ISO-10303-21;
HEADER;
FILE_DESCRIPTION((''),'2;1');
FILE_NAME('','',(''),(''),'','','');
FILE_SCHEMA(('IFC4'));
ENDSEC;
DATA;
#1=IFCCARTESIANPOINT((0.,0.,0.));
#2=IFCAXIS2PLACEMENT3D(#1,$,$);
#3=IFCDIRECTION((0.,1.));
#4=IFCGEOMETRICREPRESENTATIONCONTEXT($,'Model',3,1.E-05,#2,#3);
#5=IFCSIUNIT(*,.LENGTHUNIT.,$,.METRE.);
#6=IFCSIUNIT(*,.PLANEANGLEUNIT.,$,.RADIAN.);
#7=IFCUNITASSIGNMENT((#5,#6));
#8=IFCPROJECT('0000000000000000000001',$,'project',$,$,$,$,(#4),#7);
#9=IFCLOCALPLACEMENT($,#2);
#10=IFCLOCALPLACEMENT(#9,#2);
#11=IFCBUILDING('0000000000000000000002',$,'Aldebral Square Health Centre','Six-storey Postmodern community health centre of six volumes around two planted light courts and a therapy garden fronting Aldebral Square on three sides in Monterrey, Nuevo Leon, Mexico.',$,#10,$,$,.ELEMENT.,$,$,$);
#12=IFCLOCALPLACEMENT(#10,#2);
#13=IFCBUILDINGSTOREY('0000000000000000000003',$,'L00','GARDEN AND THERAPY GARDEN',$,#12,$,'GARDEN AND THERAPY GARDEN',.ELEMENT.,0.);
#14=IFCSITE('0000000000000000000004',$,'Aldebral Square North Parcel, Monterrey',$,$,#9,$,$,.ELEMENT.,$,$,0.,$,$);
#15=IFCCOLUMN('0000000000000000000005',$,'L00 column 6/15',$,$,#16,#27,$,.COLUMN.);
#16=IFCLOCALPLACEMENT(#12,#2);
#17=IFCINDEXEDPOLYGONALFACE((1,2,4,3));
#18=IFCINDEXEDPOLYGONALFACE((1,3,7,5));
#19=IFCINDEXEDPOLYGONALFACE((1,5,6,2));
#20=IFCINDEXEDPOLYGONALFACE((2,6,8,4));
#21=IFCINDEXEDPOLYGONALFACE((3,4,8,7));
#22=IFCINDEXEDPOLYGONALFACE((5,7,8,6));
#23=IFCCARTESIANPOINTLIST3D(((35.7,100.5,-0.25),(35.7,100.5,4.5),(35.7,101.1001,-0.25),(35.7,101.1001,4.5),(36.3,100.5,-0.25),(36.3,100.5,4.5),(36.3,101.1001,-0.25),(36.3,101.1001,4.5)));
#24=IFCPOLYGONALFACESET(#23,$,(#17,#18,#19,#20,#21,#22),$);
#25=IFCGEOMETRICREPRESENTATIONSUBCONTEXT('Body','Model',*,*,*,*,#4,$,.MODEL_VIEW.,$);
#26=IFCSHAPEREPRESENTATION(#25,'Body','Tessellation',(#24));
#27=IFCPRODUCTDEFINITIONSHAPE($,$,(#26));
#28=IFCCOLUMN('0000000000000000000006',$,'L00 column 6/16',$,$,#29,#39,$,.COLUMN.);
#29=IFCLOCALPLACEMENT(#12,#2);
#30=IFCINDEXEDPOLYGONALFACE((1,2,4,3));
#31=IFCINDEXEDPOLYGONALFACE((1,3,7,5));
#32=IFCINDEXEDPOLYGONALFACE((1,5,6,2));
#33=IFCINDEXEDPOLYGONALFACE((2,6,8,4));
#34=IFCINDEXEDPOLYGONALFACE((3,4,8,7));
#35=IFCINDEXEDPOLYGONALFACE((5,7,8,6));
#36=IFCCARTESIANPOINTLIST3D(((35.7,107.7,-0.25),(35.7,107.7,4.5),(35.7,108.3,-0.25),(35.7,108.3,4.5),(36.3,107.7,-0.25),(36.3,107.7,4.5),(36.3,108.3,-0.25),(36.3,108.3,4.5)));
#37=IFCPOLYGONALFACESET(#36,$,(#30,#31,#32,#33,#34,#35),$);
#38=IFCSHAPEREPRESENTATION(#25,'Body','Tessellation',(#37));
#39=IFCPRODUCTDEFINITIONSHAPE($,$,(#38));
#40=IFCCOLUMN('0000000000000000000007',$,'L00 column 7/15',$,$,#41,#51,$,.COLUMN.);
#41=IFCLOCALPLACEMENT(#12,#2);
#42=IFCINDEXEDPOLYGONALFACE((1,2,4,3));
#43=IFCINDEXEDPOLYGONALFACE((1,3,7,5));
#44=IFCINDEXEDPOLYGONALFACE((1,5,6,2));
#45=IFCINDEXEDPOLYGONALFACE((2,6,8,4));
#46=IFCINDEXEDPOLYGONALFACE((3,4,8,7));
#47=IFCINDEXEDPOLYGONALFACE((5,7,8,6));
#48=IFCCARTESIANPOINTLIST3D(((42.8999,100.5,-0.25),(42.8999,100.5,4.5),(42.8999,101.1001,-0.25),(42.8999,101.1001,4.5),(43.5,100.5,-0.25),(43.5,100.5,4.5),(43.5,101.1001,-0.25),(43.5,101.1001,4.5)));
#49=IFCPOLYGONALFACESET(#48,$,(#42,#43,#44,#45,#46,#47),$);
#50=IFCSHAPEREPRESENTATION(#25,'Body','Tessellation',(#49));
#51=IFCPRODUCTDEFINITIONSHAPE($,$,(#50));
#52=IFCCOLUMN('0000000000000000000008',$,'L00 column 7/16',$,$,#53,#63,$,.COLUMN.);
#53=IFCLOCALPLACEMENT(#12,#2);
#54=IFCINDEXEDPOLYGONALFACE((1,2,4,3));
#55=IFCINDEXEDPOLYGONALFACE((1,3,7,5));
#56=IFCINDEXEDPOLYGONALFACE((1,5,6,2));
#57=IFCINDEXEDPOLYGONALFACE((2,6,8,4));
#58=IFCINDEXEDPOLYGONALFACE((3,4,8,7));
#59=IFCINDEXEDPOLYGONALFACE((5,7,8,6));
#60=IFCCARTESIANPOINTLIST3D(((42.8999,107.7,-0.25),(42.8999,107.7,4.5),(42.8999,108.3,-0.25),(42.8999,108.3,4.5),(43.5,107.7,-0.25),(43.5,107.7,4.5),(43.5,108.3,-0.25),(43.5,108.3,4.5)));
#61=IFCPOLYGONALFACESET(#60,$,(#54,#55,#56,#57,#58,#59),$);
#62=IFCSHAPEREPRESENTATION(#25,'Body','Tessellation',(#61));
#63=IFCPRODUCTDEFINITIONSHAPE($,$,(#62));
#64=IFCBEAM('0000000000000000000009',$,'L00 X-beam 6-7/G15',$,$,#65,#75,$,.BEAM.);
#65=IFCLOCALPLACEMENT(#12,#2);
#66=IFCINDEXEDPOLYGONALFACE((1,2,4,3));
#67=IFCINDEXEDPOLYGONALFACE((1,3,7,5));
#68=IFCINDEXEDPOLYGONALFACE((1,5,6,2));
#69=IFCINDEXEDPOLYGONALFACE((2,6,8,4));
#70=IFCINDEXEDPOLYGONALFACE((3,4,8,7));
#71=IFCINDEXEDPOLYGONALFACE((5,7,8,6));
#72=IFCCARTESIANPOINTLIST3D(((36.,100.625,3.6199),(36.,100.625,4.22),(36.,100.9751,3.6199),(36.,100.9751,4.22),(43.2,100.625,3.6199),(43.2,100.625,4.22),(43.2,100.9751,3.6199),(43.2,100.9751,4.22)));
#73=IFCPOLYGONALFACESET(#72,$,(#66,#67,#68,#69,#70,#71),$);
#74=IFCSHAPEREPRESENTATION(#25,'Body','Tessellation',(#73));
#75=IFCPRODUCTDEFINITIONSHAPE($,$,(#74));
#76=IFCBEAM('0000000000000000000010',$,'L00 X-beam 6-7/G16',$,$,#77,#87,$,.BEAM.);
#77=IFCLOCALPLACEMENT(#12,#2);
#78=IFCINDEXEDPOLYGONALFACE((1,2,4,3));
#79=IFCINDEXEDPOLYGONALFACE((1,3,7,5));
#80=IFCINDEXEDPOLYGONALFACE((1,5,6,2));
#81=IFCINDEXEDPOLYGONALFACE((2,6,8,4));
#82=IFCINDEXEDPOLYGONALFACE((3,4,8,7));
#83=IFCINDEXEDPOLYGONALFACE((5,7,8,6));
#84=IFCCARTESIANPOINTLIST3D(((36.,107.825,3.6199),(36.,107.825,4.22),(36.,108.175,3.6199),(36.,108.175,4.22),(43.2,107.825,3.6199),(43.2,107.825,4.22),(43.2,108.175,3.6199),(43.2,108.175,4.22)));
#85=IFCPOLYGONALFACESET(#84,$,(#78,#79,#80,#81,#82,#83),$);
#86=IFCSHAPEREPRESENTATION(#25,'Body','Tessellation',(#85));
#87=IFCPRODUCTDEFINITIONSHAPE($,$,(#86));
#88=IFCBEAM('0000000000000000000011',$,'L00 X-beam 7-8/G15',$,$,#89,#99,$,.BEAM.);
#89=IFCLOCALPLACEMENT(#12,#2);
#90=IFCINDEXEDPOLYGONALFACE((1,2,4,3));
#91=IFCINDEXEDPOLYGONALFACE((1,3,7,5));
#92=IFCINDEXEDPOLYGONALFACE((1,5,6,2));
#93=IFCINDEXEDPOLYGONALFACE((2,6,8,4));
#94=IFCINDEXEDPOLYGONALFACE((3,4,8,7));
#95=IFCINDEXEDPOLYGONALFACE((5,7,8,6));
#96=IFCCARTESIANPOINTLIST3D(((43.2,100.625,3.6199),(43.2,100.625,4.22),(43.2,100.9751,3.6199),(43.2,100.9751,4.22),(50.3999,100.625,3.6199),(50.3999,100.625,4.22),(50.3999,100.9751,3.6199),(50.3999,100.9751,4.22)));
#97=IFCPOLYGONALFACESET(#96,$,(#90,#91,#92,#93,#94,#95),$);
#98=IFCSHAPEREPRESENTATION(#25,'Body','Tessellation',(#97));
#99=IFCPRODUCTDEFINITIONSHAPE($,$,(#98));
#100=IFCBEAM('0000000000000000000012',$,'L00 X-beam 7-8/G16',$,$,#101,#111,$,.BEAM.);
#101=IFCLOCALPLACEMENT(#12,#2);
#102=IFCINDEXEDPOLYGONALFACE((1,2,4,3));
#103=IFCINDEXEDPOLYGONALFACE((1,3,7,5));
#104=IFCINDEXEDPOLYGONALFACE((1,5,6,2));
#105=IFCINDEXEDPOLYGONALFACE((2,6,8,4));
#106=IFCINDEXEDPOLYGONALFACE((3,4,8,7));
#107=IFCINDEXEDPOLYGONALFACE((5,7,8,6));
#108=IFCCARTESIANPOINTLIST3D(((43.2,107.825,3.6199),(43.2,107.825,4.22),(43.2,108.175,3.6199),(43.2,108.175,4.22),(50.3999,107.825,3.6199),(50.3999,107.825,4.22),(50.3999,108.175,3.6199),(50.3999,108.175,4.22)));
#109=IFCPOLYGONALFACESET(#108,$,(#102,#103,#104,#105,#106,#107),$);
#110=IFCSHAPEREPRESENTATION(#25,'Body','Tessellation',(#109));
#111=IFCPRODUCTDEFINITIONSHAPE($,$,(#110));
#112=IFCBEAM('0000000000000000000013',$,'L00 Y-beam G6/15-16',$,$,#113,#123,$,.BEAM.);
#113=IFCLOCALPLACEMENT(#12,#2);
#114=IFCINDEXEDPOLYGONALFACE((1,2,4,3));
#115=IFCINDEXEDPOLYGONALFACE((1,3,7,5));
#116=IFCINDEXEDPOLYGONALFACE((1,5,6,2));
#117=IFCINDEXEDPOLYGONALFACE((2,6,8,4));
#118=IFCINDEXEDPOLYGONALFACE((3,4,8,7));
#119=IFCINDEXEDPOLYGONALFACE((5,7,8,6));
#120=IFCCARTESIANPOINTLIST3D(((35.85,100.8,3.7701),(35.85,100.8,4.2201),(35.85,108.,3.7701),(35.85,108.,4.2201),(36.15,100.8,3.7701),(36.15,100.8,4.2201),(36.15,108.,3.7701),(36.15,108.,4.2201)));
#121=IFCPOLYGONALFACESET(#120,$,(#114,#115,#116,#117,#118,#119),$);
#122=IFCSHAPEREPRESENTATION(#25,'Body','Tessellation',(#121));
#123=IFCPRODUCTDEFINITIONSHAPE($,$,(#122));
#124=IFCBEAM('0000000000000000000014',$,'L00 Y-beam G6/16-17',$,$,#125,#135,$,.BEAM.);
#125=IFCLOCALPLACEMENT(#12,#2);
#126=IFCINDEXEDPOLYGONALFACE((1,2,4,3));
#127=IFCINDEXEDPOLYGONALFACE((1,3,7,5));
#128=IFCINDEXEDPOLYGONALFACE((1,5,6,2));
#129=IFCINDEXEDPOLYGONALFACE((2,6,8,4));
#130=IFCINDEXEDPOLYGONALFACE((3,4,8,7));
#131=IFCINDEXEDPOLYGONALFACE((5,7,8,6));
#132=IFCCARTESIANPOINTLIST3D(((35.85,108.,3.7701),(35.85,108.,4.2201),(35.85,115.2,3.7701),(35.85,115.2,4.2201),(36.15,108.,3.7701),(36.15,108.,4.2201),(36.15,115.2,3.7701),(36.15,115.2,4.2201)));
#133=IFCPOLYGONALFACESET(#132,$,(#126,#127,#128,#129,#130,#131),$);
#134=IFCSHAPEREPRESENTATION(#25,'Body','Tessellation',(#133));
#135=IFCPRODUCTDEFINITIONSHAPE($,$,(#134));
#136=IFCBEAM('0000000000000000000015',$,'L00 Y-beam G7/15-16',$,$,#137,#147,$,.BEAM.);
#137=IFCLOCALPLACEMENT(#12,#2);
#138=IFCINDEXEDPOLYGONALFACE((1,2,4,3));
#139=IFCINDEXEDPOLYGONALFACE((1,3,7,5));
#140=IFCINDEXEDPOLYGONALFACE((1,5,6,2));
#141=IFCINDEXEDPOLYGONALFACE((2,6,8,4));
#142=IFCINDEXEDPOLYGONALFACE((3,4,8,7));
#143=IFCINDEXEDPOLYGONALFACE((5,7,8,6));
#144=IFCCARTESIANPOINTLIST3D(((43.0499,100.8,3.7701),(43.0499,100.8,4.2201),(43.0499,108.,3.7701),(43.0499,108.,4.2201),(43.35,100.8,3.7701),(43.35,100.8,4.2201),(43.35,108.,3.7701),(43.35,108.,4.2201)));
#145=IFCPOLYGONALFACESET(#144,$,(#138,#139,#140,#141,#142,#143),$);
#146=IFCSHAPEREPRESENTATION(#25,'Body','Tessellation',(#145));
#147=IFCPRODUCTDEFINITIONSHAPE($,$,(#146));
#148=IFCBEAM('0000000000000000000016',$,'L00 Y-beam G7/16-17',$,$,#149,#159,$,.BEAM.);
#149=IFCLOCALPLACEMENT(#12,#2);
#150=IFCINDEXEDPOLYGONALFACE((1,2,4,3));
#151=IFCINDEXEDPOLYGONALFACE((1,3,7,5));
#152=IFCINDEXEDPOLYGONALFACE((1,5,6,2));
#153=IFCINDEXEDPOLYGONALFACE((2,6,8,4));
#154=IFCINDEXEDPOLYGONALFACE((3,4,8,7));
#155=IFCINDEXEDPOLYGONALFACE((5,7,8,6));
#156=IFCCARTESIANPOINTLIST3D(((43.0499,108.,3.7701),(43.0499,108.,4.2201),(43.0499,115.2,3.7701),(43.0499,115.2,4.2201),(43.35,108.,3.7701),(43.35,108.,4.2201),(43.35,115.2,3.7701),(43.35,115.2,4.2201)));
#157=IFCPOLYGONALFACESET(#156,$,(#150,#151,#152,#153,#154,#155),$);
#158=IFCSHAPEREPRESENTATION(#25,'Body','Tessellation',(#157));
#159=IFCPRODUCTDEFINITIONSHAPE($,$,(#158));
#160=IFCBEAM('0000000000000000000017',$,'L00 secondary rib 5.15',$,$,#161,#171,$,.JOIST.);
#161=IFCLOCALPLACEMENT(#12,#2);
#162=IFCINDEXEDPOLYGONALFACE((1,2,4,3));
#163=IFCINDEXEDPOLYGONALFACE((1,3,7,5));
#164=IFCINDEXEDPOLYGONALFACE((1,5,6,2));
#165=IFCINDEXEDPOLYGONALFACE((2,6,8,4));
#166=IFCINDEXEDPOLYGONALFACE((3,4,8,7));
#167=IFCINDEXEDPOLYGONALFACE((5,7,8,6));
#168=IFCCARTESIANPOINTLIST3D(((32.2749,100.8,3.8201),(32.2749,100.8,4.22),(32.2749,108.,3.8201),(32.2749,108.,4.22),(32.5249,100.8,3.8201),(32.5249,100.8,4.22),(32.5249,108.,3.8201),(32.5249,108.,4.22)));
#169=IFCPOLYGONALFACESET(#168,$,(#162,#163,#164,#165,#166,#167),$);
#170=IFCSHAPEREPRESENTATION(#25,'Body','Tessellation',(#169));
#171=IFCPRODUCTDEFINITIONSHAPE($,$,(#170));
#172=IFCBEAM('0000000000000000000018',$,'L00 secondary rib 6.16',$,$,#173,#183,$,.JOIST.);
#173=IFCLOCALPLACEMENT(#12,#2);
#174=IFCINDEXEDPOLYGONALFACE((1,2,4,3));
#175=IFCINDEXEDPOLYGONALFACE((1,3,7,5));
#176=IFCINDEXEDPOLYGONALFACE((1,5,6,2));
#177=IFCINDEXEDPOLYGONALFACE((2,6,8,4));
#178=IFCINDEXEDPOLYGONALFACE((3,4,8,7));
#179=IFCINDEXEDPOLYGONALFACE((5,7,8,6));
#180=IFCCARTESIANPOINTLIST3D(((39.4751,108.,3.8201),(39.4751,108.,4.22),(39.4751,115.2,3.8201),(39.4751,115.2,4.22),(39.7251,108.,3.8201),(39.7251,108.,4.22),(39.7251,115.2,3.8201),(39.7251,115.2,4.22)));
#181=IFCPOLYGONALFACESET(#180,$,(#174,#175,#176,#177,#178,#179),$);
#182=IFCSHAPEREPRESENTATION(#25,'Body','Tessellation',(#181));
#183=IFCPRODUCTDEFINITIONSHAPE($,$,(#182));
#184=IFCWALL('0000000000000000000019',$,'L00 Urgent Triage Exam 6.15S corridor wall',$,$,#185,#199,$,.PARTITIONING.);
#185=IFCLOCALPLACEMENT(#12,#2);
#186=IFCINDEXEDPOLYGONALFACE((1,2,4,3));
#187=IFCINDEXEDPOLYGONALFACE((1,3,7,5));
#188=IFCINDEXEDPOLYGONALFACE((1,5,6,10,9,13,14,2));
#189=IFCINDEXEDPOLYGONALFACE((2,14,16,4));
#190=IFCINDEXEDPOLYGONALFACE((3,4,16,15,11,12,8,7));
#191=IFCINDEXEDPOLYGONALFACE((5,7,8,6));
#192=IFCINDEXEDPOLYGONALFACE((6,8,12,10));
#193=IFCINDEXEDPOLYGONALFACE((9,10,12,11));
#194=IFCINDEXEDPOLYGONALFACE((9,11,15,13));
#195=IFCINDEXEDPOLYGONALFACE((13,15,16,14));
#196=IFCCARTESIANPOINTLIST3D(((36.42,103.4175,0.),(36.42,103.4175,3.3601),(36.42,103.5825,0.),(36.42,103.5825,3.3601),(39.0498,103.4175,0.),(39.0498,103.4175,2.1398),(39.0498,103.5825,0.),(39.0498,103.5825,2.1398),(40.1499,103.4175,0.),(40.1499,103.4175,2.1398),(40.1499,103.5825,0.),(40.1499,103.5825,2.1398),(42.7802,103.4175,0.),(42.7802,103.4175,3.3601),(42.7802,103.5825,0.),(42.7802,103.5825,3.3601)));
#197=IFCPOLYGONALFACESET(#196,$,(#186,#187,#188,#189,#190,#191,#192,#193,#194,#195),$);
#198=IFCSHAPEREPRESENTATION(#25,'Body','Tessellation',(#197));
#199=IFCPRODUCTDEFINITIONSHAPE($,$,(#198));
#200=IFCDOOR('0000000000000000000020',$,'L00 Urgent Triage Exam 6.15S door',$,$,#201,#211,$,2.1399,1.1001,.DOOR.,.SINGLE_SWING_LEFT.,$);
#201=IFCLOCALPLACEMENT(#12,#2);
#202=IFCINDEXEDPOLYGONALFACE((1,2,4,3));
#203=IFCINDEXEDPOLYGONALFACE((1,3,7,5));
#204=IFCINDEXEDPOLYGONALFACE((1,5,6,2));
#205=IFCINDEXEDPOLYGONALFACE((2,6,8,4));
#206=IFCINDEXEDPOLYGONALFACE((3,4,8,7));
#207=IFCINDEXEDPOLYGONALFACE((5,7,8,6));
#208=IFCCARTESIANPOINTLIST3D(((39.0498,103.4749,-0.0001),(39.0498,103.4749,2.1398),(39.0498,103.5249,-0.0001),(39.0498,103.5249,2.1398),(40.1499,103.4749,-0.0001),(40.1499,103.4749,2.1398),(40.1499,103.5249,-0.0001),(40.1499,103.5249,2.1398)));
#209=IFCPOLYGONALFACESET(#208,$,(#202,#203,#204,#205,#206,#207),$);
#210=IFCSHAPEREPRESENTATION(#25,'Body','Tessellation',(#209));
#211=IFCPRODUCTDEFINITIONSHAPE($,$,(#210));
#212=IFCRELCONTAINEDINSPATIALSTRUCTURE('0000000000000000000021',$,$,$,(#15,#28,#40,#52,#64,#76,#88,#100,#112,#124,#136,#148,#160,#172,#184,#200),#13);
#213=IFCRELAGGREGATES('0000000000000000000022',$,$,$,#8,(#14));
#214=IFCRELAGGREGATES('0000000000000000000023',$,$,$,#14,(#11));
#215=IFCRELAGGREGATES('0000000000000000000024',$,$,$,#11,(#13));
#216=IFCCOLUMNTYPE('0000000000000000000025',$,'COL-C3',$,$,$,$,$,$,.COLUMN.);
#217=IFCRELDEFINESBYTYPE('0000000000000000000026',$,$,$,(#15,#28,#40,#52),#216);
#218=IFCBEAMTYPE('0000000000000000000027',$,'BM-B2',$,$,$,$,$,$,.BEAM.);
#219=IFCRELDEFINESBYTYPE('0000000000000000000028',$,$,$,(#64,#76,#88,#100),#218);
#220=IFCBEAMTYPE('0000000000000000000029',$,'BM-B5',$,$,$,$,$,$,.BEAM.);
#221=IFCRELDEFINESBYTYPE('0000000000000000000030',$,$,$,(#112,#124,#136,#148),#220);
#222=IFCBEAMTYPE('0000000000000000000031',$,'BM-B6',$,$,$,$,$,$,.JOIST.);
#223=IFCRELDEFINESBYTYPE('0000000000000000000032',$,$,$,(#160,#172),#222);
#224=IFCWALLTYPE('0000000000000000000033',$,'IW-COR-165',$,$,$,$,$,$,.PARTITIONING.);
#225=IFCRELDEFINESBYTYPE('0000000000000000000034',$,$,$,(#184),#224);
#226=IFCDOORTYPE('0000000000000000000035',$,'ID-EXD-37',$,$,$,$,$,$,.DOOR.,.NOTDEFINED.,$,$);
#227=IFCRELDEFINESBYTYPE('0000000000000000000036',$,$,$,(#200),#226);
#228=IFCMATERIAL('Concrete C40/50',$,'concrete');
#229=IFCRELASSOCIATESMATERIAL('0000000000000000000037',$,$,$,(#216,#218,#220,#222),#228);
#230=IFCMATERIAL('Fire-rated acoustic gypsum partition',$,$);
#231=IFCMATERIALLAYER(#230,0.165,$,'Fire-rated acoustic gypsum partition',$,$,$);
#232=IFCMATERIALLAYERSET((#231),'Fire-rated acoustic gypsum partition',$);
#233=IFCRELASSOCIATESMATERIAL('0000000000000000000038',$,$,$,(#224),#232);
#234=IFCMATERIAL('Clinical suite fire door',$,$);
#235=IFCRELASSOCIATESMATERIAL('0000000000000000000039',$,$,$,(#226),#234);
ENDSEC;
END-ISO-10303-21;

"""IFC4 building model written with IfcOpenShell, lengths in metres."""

from ifc_helpers import new_model, si_unit, direction, frame, frame_2d, origin, origin_2d, place, context, subcontext, project, spatial, rectangle, extrude, material, layer, layer_set, material_profile, profile_set, type_object, element, fill, save


model = new_model("IFC4")

# Units and contexts
model_context = context("Model", 3, precision=1e-05, world=origin(), true_north=direction((0.0, 1.0)))
body_context = subcontext(model_context, "Body", "Model", "MODEL_VIEW")
ifc_project = project(units=[si_unit("LENGTHUNIT", "METRE"), si_unit("PLANEANGLEUNIT", "RADIAN")], contexts=[model_context])

# Site, building, storey
site_placement = place(None, origin())
site = spatial("IfcSite", under=ifc_project, at=site_placement, Name="Aldebral Square North Parcel, Monterrey", CompositionType="ELEMENT", RefElevation=0.0)
building_placement = place(site_placement, origin())
building = spatial("IfcBuilding", under=site, at=building_placement, Name="Aldebral Square Health Centre", Description="Six-storey Postmodern community health centre of six volumes around two planted light courts and a therapy garden fronting Aldebral Square on three sides in Monterrey, Nuevo Leon, Mexico.", CompositionType="ELEMENT")
storey_placement = place(building_placement, origin())
storey = spatial("IfcBuildingStorey", under=building, at=storey_placement, Name="L00", Description="GARDEN AND THERAPY GARDEN", LongName="GARDEN AND THERAPY GARDEN", CompositionType="ELEMENT", Elevation=0.0)

# Columns
ifc_material_1 = material(Name="Concrete C40/50", Category="concrete")
ifc_material_profile_1 = material_profile(ifc_material_1, rectangle(XDim=0.6001, YDim=0.6001, at=origin_2d()), Name="RC 600x600")
ifc_profile_set_1 = profile_set([ifc_material_profile_1], Name="Concrete C40/50")
column_type = type_object("IfcColumnType", Name="COL-C3", PredefinedType="COLUMN", material=ifc_profile_set_1)
for number, where, z_axis, x_axis, name in (
    (1, (36.0, 100.8, -0.25), (0.0, 0.0, 1.0), (1.0, 0.0, 0.0), "L00 column 6/15"),
    (2, (36.0, 108.0, -0.25), (0.0, 0.0, 1.0), (1.0, 0.0, 0.0), "L00 column 6/16"),
    (3, (43.2, 100.8, -0.25), (0.0, 0.0, 1.0), (1.0, 0.0, 0.0), "L00 column 7/15"),
    (4, (43.2, 108.0, -0.25), (0.0, 0.0, 1.0), (1.0, 0.0, 0.0), "L00 column 7/16"),
):
    element("IfcColumn", number, at=place(storey_placement, frame(where, z_axis=z_axis, x_axis=x_axis)), inside=storey, type_object=column_type, Name=name, PredefinedType="COLUMN", context=body_context, shape_type="SweptSolid", body=[
        extrude(rectangle(XDim=0.6001, YDim=0.6001, at=origin_2d()), origin(), (0.0, 0.0, 1.0), 4.75),
    ])

# Beams
ifc_material_profile_2 = material_profile(ifc_material_1, rectangle(XDim=0.3501, YDim=0.6001, at=origin_2d()), Name="RC 350x600")
ifc_profile_set_2 = profile_set([ifc_material_profile_2], Name="Concrete C40/50")
beam_type_1 = type_object("IfcBeamType", Name="BM-B2", PredefinedType="BEAM", material=ifc_profile_set_2)
for number, where, z_axis, x_axis, name in (
    (5, (36.0, 100.8, 3.9199), (1.0, 0.0, 0.0), (0.0, 1.0, 0.0), "L00 X-beam 6-7/G15"),
    (6, (36.0, 108.0, 3.9199), (1.0, 0.0, 0.0), (0.0, 1.0, 0.0), "L00 X-beam 6-7/G16"),
    (7, (43.2, 100.8, 3.9199), (1.0, 0.0, 0.0), (0.0, 1.0, 0.0), "L00 X-beam 7-8/G15"),
    (8, (43.2, 108.0, 3.9199), (1.0, 0.0, 0.0), (0.0, 1.0, 0.0), "L00 X-beam 7-8/G16"),
):
    element("IfcBeam", number, at=place(storey_placement, frame(where, z_axis=z_axis, x_axis=x_axis)), inside=storey, type_object=beam_type_1, Name=name, PredefinedType="BEAM", context=body_context, shape_type="SweptSolid", body=[
        extrude(rectangle(XDim=0.3501, YDim=0.6001, at=origin_2d()), origin(), (0.0, 0.0, 1.0), 7.2),
    ])
ifc_material_profile_3 = material_profile(ifc_material_1, rectangle(XDim=0.3, YDim=0.45, at=origin_2d()), Name="RC 300x450")
ifc_profile_set_3 = profile_set([ifc_material_profile_3], Name="Concrete C40/50")
beam_type_2 = type_object("IfcBeamType", Name="BM-B5", PredefinedType="BEAM", material=ifc_profile_set_3)
for number, where, z_axis, x_axis, name in (
    (9, (36.0, 100.8, 3.9951), (0.0, 1.0, 0.0), (-1.0, 0.0, 0.0), "L00 Y-beam G6/15-16"),
    (10, (36.0, 108.0, 3.9951), (0.0, 1.0, 0.0), (-1.0, 0.0, 0.0), "L00 Y-beam G6/16-17"),
    (11, (43.2, 100.8, 3.9951), (0.0, 1.0, 0.0), (-1.0, 0.0, 0.0), "L00 Y-beam G7/15-16"),
    (12, (43.2, 108.0, 3.9951), (0.0, 1.0, 0.0), (-1.0, 0.0, 0.0), "L00 Y-beam G7/16-17"),
):
    element("IfcBeam", number, at=place(storey_placement, frame(where, z_axis=z_axis, x_axis=x_axis)), inside=storey, type_object=beam_type_2, Name=name, PredefinedType="BEAM", context=body_context, shape_type="SweptSolid", body=[
        extrude(rectangle(XDim=0.3, YDim=0.45, at=origin_2d()), origin(), (0.0, 0.0, 1.0), 7.2),
    ])
ifc_material_profile_4 = material_profile(ifc_material_1, rectangle(XDim=0.25, YDim=0.3999, at=origin_2d()), Name="RC 250x400")
ifc_profile_set_4 = profile_set([ifc_material_profile_4], Name="Concrete C40/50")
beam_type_3 = type_object("IfcBeamType", Name="BM-B6", PredefinedType="JOIST", material=ifc_profile_set_4)
for number, where, z_axis, x_axis, name in (
    (13, (32.3999, 100.8, 4.02), (0.0, 1.0, 0.0), (-1.0, 0.0, 0.0), "L00 secondary rib 5.15"),
    (14, (39.6001, 108.0, 4.02), (0.0, 1.0, 0.0), (-1.0, 0.0, 0.0), "L00 secondary rib 6.16"),
):
    element("IfcBeam", number, at=place(storey_placement, frame(where, z_axis=z_axis, x_axis=x_axis)), inside=storey, type_object=beam_type_3, Name=name, PredefinedType="JOIST", context=body_context, shape_type="SweptSolid", body=[
        extrude(rectangle(XDim=0.25, YDim=0.3999, at=origin_2d()), origin(), (0.0, 0.0, 1.0), 7.2),
    ])

# Wall, opening, door
ifc_material_2 = material(Name="Fire-rated acoustic gypsum partition")
ifc_layer_1 = layer(ifc_material_2, 0.165, Name="Fire-rated acoustic gypsum partition")
ifc_layer_set_1 = layer_set([ifc_layer_1], Name="Fire-rated acoustic gypsum partition")
wall_type_1 = type_object("IfcWallType", Name="IW-COR-165", PredefinedType="PARTITIONING", material=ifc_layer_set_1)
wall_1_placement = place(storey_placement, frame((36.4199, 103.5, 0.0), z_axis=(0.0, 0.0, 1.0), x_axis=(1.0, 0.0, 0.0)))
wall_1 = element("IfcWall", 15, at=wall_1_placement, inside=storey, type_object=wall_type_1, Name="L00 Urgent Triage Exam 6.15S corridor wall", PredefinedType="PARTITIONING", context=body_context, shape_type="SweptSolid", body=[
    extrude(rectangle(XDim=6.3601, YDim=0.165, at=frame_2d((3.1802, 0.0))), origin(), (0.0, 0.0, 1.0), 3.3601),
])
opening_placement = place(wall_1_placement, frame((2.6299, 0.0, 0.0)))
opening = element("IfcOpeningElement", 16, at=opening_placement, cuts=wall_1, PredefinedType="OPENING", context=body_context, shape_type="SweptSolid", body=[
    extrude(rectangle(XDim=1.1001, YDim=2.1399, at=frame_2d((0.55, 1.0698))), frame((0.0, 0.0925, 0.0), z_axis=(0.0, -1.0, 0.0), x_axis=(1.0, 0.0, 0.0)), (0.0, 0.0, 1.0), 0.1851),
])
ifc_material_3 = material(Name="Clinical suite fire door")
door_type = type_object("IfcDoorType", Name="ID-EXD-37", OperationType="NOTDEFINED", PredefinedType="DOOR", material=ifc_material_3)
door_placement = place(opening_placement, origin())
door = element("IfcDoor", 17, at=door_placement, inside=storey, type_object=door_type, Name="L00 Urgent Triage Exam 6.15S door", OperationType="SINGLE_SWING_LEFT", OverallHeight=2.1399, OverallWidth=1.1001, PredefinedType="DOOR", context=body_context, shape_type="SweptSolid", body=[
    extrude(rectangle(XDim=1.1001, YDim=2.1399, at=frame_2d((0.55, 1.0698))), frame((0.0, 0.0249, 0.0), z_axis=(0.0, -1.0, 0.0), x_axis=(1.0, 0.0, 0.0)), (0.0, 0.0, 1.0), 0.05),
])
fill(opening, door)

save(model, "model.ifc")
